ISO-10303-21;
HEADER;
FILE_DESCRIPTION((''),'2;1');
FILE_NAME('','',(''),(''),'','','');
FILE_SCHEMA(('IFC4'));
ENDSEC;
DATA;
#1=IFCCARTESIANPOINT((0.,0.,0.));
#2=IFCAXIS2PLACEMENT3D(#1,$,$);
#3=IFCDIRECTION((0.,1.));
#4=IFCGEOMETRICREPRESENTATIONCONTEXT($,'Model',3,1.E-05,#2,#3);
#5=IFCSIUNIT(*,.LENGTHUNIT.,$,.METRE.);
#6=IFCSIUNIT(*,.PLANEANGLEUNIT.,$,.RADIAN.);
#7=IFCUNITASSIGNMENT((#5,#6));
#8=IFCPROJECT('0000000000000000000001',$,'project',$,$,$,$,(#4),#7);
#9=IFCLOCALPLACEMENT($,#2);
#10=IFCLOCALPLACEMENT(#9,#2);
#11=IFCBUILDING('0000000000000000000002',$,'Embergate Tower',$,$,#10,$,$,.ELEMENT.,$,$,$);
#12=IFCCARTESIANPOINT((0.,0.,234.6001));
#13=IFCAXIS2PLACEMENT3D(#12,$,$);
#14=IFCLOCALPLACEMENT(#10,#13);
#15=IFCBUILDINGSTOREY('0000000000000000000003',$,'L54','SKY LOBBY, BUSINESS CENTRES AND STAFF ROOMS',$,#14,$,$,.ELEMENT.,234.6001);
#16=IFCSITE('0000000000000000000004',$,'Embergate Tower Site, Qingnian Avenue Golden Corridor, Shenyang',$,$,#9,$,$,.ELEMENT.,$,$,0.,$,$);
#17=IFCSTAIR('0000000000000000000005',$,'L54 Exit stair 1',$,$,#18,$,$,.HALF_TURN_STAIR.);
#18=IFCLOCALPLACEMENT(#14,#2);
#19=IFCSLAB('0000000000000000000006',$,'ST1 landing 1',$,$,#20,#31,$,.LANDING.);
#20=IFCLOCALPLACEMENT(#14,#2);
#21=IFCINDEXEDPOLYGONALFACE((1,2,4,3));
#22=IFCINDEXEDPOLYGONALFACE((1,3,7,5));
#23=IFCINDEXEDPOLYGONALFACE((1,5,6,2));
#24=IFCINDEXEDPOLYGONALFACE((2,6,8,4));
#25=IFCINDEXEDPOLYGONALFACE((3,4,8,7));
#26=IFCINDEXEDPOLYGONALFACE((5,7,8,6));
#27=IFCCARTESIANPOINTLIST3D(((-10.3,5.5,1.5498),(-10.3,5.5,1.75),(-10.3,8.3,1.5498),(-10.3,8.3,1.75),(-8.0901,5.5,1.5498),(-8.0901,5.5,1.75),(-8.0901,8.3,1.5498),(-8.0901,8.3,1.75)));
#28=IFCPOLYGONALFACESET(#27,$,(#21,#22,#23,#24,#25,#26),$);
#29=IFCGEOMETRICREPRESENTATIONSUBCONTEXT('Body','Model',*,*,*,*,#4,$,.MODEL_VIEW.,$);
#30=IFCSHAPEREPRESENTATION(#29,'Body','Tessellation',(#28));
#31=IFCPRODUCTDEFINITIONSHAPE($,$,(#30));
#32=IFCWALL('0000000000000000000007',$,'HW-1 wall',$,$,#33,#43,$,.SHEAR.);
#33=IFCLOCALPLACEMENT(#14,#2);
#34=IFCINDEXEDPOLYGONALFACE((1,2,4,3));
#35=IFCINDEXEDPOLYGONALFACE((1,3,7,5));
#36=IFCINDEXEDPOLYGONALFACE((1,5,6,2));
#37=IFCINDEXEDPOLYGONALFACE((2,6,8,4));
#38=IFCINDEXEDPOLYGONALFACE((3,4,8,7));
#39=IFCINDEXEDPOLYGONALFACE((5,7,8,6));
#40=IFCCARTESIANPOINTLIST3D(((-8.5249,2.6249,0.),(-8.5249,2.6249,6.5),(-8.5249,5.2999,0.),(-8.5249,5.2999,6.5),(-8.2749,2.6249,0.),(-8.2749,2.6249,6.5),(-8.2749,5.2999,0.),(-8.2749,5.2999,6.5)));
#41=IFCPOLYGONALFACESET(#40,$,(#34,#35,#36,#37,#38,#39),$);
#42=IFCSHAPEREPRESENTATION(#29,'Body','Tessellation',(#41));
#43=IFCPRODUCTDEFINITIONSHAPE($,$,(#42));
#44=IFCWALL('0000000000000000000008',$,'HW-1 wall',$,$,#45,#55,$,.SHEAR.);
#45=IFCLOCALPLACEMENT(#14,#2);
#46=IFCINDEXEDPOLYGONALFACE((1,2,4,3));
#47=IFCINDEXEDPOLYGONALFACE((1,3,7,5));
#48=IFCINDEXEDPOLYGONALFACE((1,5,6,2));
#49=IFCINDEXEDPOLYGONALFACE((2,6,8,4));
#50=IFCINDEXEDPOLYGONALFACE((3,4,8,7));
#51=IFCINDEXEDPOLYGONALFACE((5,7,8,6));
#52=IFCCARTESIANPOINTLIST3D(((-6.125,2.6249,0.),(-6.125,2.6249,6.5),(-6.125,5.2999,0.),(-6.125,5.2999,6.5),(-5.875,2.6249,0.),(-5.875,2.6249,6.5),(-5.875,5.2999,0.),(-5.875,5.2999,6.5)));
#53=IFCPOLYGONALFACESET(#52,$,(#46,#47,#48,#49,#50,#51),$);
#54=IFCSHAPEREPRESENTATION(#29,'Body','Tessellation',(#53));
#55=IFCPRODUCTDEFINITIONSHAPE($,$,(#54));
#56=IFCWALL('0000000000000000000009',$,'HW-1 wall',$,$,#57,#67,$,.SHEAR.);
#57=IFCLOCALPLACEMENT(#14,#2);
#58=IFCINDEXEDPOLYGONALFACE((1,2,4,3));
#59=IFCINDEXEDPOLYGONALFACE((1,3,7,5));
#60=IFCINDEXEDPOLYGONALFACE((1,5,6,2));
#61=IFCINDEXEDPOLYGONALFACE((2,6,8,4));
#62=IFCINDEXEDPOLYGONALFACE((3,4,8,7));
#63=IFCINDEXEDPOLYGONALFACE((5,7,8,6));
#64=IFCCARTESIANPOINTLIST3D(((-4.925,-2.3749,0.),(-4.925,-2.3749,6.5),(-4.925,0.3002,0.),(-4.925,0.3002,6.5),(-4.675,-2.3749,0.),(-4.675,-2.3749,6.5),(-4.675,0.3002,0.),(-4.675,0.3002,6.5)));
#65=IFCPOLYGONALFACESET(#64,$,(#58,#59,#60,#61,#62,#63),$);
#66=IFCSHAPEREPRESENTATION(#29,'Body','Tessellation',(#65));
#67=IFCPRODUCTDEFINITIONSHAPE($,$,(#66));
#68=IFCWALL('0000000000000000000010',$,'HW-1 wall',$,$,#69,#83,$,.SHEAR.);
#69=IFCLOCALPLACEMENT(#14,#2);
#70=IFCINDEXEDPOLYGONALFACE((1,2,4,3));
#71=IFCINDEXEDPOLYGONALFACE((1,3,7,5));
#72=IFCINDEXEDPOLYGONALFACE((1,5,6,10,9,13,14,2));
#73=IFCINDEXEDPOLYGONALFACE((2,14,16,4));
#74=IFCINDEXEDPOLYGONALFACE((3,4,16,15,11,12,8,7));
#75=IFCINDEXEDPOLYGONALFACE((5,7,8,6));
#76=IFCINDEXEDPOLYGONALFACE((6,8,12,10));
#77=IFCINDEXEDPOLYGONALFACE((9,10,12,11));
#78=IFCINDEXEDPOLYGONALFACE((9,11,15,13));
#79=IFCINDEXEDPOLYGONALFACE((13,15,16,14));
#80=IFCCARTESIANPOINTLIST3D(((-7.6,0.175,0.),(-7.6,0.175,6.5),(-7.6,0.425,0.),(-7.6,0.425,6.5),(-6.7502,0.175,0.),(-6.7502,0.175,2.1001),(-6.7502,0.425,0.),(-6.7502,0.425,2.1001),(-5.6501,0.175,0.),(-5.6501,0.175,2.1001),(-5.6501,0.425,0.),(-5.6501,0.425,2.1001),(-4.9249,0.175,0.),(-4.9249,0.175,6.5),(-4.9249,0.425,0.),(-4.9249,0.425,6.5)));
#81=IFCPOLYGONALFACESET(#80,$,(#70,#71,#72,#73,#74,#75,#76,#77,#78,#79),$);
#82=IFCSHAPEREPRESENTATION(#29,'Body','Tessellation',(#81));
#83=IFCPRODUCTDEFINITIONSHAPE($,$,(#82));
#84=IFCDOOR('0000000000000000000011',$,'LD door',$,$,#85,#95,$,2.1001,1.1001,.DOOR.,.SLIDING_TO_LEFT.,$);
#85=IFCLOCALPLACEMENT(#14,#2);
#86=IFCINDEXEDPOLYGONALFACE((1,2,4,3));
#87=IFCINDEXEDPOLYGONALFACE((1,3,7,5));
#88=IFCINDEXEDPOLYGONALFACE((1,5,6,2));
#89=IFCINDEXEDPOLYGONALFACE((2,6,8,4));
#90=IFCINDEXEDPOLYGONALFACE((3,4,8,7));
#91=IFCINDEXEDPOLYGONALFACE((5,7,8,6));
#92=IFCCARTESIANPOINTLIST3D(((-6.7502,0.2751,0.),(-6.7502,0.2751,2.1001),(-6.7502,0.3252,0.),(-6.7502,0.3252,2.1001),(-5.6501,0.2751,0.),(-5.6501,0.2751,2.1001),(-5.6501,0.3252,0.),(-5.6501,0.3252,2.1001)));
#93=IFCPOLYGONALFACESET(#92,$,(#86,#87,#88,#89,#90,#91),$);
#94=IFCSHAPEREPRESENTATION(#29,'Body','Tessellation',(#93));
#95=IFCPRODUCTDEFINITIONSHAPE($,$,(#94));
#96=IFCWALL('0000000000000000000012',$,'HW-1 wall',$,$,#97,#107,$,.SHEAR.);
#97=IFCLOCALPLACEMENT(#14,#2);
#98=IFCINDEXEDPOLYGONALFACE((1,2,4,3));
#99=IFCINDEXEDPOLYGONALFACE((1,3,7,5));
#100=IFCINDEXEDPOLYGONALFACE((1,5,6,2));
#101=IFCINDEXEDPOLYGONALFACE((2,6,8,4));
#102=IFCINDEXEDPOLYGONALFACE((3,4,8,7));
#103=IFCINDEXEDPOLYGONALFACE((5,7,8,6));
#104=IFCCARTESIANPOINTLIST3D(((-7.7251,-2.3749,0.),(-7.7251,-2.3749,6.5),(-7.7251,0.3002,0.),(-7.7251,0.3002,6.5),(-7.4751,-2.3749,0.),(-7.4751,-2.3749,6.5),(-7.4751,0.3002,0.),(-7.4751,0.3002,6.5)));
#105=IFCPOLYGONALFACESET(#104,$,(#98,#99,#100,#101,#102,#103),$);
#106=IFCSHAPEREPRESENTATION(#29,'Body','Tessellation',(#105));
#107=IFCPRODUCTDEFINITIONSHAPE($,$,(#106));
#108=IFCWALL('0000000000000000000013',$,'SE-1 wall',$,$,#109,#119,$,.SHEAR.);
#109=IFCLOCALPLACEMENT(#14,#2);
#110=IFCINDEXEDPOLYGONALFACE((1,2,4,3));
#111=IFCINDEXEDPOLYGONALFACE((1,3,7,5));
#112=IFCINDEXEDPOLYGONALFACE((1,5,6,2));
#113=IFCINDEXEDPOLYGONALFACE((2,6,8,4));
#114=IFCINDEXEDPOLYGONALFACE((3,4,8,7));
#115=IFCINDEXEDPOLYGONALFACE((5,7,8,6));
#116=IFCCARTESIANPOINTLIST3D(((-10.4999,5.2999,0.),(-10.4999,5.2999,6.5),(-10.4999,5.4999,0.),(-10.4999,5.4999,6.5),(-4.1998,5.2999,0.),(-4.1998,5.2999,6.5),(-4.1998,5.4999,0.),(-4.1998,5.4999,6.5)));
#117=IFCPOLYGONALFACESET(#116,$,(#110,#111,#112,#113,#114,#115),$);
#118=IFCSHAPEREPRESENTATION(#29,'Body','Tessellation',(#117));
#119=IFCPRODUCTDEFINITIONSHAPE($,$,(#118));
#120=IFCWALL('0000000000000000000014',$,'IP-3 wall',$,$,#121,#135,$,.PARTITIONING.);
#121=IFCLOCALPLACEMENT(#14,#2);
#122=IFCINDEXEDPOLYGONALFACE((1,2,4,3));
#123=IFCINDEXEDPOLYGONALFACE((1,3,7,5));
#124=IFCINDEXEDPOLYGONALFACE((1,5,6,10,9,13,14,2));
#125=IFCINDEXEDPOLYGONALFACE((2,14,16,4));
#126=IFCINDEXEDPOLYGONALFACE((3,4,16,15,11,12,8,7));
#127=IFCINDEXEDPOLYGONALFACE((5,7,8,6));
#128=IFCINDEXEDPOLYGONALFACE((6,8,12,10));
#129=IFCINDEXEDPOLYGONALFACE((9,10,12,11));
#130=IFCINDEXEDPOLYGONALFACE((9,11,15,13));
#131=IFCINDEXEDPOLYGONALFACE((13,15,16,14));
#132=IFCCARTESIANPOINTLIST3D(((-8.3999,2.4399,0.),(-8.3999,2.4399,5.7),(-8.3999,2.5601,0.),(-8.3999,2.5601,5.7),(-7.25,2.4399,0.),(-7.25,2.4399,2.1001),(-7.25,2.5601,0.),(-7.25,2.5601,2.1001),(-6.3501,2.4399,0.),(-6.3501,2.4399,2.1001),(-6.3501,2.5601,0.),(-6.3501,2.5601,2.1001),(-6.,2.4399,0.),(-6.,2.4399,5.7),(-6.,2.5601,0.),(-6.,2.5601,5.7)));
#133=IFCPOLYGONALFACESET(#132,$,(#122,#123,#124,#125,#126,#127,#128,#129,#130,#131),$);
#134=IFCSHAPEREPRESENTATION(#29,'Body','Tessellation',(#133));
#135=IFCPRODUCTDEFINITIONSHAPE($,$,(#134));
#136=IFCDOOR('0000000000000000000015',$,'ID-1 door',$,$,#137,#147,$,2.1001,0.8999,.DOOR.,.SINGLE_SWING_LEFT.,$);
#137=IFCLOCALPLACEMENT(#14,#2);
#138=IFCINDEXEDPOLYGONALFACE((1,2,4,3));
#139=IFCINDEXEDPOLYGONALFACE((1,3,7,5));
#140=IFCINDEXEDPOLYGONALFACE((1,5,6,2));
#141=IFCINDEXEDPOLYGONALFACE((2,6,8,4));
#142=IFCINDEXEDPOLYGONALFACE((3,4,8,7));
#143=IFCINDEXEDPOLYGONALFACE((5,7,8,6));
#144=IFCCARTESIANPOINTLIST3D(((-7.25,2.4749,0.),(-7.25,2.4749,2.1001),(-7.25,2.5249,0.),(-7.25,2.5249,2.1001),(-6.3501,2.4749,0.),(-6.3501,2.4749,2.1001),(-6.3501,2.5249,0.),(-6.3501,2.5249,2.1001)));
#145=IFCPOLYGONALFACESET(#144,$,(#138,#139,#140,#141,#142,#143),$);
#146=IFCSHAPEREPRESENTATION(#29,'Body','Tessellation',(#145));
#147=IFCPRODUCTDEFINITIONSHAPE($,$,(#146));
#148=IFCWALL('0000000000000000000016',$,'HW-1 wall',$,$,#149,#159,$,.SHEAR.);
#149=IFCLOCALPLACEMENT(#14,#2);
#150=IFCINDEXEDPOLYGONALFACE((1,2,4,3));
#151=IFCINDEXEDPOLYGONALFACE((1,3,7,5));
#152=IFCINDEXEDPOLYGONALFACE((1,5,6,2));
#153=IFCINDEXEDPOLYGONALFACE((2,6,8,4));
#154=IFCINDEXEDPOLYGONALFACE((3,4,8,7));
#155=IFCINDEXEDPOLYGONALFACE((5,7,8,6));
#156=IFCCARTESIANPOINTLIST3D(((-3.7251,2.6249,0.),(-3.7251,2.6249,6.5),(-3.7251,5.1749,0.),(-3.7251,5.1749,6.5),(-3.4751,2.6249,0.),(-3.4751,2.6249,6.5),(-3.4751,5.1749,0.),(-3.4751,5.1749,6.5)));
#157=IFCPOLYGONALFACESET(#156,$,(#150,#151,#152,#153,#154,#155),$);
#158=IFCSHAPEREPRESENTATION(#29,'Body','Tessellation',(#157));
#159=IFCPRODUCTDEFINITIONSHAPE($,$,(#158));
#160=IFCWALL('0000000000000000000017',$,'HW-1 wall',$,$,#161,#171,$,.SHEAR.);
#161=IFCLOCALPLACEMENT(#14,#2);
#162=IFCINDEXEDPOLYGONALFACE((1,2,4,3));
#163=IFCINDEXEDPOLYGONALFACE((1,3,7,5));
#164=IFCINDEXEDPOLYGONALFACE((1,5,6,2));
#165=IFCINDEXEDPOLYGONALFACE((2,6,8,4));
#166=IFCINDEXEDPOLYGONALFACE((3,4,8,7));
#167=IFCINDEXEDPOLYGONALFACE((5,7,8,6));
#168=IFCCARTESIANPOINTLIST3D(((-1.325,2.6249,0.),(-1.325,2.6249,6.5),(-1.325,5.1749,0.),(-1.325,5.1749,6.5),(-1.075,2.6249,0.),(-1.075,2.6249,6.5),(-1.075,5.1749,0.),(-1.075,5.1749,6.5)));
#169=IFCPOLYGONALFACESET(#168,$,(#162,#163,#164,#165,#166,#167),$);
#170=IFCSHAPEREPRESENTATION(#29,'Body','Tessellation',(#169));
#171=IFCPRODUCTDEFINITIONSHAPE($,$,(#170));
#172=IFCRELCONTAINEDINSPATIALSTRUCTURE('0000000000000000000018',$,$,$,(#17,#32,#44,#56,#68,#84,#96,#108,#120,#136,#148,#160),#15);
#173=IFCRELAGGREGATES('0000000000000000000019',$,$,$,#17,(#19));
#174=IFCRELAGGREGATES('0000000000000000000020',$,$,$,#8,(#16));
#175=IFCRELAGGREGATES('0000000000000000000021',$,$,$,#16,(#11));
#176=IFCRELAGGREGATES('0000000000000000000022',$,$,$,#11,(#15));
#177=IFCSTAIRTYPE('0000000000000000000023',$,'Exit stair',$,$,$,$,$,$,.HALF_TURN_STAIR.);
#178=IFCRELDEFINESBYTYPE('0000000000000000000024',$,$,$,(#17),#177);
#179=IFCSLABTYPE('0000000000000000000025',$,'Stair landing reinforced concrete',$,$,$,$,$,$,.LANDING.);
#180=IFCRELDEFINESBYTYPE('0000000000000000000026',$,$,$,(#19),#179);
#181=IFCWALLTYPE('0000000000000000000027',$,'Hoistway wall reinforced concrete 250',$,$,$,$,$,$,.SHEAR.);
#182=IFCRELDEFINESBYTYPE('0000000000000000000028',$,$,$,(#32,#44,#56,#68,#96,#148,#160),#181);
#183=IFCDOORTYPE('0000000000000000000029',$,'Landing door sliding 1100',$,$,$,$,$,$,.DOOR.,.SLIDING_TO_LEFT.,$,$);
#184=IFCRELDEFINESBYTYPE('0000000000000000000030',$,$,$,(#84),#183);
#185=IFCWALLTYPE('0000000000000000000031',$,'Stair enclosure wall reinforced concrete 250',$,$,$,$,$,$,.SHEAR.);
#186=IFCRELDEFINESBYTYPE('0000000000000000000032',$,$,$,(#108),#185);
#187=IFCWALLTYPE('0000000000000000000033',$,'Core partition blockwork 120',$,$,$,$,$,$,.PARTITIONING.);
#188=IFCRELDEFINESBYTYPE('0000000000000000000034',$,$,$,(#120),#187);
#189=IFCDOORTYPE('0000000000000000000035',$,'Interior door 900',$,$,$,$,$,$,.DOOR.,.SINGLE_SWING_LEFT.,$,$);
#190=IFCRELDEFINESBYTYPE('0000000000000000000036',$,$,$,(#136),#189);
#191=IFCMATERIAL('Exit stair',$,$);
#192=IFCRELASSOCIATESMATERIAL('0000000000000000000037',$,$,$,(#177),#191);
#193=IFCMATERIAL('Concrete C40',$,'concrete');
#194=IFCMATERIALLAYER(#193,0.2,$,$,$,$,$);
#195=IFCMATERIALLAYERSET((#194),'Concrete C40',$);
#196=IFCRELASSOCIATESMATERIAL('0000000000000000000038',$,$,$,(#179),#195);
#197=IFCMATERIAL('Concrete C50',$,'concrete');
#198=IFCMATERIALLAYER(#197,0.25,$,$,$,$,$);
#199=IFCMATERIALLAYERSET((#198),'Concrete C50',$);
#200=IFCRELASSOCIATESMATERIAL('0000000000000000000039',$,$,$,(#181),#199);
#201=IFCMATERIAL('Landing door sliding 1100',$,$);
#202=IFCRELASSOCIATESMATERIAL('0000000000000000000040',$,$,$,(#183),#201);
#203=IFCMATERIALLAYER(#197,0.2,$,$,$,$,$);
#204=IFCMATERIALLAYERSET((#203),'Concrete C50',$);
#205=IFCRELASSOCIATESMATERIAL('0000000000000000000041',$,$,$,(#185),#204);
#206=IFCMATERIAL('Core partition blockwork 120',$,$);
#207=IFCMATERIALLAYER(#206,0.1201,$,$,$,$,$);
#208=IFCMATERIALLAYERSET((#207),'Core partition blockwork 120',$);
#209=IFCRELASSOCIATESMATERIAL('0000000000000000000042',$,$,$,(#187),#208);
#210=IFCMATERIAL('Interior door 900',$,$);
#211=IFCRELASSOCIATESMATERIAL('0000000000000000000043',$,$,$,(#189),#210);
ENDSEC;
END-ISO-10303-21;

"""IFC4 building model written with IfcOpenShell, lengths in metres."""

from ifc_helpers import new_model, si_unit, direction, frame, frame_2d, origin, place, context, subcontext, project, spatial, polyline, rectangle, outline, extrude, source, transform, mapped, material, layer, layer_set, type_object, element, fill, aggregate, save


model = new_model("IFC4")

# Units and contexts
model_context = context("Model", 3, precision=1e-05, world=origin(), true_north=direction((0.0, 1.0)))
body_context = subcontext(model_context, "Body", "Model", "MODEL_VIEW")
ifc_project = project(units=[si_unit("LENGTHUNIT", "METRE"), si_unit("PLANEANGLEUNIT", "RADIAN")], contexts=[model_context])

# Site, building, storey
site_placement = place(None, origin())
site = spatial("IfcSite", under=ifc_project, at=site_placement, Name="Embergate Tower Site, Qingnian Avenue Golden Corridor, Shenyang", CompositionType="ELEMENT", RefElevation=0.0)
building_placement = place(site_placement, origin())
building = spatial("IfcBuilding", under=site, at=building_placement, Name="Embergate Tower", CompositionType="ELEMENT")
storey_placement = place(building_placement, frame((0.0, 0.0, 234.6001)))
storey = spatial("IfcBuildingStorey", under=building, at=storey_placement, Name="L54", Description="SKY LOBBY, BUSINESS CENTRES AND STAFF ROOMS", CompositionType="ELEMENT", Elevation=234.6001)

# Stair, slab
ifc_material_1 = material(Name="Exit stair")
stair_type = type_object("IfcStairType", Name="Exit stair", PredefinedType="HALF_TURN_STAIR", material=ifc_material_1)
stair_placement = place(storey_placement, origin())
stair = element("IfcStair", 1, at=stair_placement, inside=storey, type_object=stair_type, Name="L54 Exit stair 1", PredefinedType="HALF_TURN_STAIR")
ifc_material_2 = material(Name="Concrete C40", Category="concrete")
ifc_layer_1 = layer(ifc_material_2, 0.2)
ifc_layer_set_1 = layer_set([ifc_layer_1], Name="Concrete C40")
slab_type = type_object("IfcSlabType", Name="Stair landing reinforced concrete", PredefinedType="LANDING", material=ifc_layer_set_1)
shared_shape_1 = source(origin(), body_context, "Body", "SweptSolid", [
    extrude(outline(polyline([(0.0, 0.0), (2.21, 0.0), (2.21, 2.8), (0.0, 2.8), (0.0, 0.0)])), origin(), (0.0, 0.0, 1.0), 0.2002),
])
slab_placement = place(storey_placement, frame((-10.3, 5.5, 1.5498)))
slab = element("IfcSlab", 2, at=slab_placement, type_object=slab_type, Name="ST1 landing 1", PredefinedType="LANDING", context=body_context, shape_type="MappedRepresentation", body=[
    mapped(shared_shape_1, transform((0.0, 0.0, 0.0))),
])
aggregate(stair, [slab])

# Walls
ifc_material_3 = material(Name="Concrete C50", Category="concrete")
ifc_layer_2 = layer(ifc_material_3, 0.25)
ifc_layer_set_2 = layer_set([ifc_layer_2], Name="Concrete C50")
wall_type_1 = type_object("IfcWallType", Name="Hoistway wall reinforced concrete 250", PredefinedType="SHEAR", material=ifc_layer_set_2)
shared_shape_2 = source(origin(), body_context, "Body", "SweptSolid", [
    extrude(rectangle(XDim=2.675, YDim=0.25, at=frame_2d((1.3374, 0.0))), origin(), (0.0, 0.0, 1.0), 6.5),
])
for number, where, z_axis, x_axis, name in (
    (3, (-8.3999, 2.625, 0.0), (0.0, 0.0, 1.0), (0.0, 1.0, 0.0), "HW-1 wall"),
    (4, (-6.0, 2.625, 0.0), (0.0, 0.0, 1.0), (0.0, 1.0, 0.0), "HW-1 wall"),
    (5, (-4.8, 0.3, 0.0), (0.0, 0.0, 1.0), (0.0, -1.0, 0.0), "HW-1 wall"),
):
    element("IfcWall", number, at=place(storey_placement, frame(where, z_axis=z_axis, x_axis=x_axis)), inside=storey, type_object=wall_type_1, Name=name, PredefinedType="SHEAR", context=body_context, shape_type="MappedRepresentation", body=[
        mapped(shared_shape_2, transform((0.0, 0.0, 0.0))),
    ])

# Wall, opening, door
wall_1_placement = place(storey_placement, frame((-4.925, 0.3, 0.0), z_axis=(0.0, 0.0, 1.0), x_axis=(-1.0, 0.0, 0.0)))
wall_1 = element("IfcWall", 6, at=wall_1_placement, inside=storey, type_object=wall_type_1, Name="HW-1 wall", PredefinedType="SHEAR", context=body_context, shape_type="MappedRepresentation", body=[
    mapped(shared_shape_2, transform((0.0, 0.0, 0.0))),
])
shared_shape_3 = source(origin(), body_context, "Body", "SweptSolid", [
    extrude(rectangle(XDim=1.1001, YDim=2.1001, at=frame_2d((0.55, 1.05))), frame((0.0, 0.135, 0.0), z_axis=(0.0, -1.0, 0.0), x_axis=(1.0, 0.0, 0.0)), (0.0, 0.0, 1.0), 0.27),
])
opening_1_placement = place(wall_1_placement, frame((0.7251, 0.0, 0.0)))
opening_1 = element("IfcOpeningElement", 7, at=opening_1_placement, cuts=wall_1, PredefinedType="OPENING", context=body_context, shape_type="MappedRepresentation", body=[
    mapped(shared_shape_3, transform((0.0, 0.0, 0.0))),
])
ifc_material_4 = material(Name="Landing door sliding 1100")
door_type_1 = type_object("IfcDoorType", Name="Landing door sliding 1100", OperationType="SLIDING_TO_LEFT", PredefinedType="DOOR", material=ifc_material_4)
shared_shape_4 = source(origin(), body_context, "Body", "SweptSolid", [
    extrude(rectangle(XDim=1.1001, YDim=2.1001, at=frame_2d((0.55, 1.05))), frame((0.0, 0.0249, 0.0), z_axis=(0.0, -1.0, 0.0), x_axis=(1.0, 0.0, 0.0)), (0.0, 0.0, 1.0), 0.05),
])
door_1_placement = place(opening_1_placement, origin())
door_1 = element("IfcDoor", 8, at=door_1_placement, inside=storey, type_object=door_type_1, Name="LD door", OperationType="SLIDING_TO_LEFT", OverallHeight=2.1001, OverallWidth=1.1001, PredefinedType="DOOR", context=body_context, shape_type="MappedRepresentation", body=[
    mapped(shared_shape_4, transform((0.0, 0.0, 0.0))),
])
fill(opening_1, door_1)

# Walls
wall_2_placement = place(storey_placement, frame((-7.6001, 0.3, 0.0), z_axis=(0.0, 0.0, 1.0), x_axis=(0.0, -1.0, 0.0)))
element("IfcWall", 9, at=wall_2_placement, inside=storey, type_object=wall_type_1, Name="HW-1 wall", PredefinedType="SHEAR", context=body_context, shape_type="MappedRepresentation", body=[
    mapped(shared_shape_2, transform((0.0, 0.0, 0.0))),
])
ifc_layer_3 = layer(ifc_material_3, 0.2)
ifc_layer_set_3 = layer_set([ifc_layer_3], Name="Concrete C50")
wall_type_2 = type_object("IfcWallType", Name="Stair enclosure wall reinforced concrete 250", PredefinedType="SHEAR", material=ifc_layer_set_3)
shared_shape_5 = source(origin(), body_context, "Body", "SweptSolid", [
    extrude(rectangle(XDim=6.3, YDim=0.2, at=frame_2d((3.1499, 0.0))), origin(), (0.0, 0.0, 1.0), 6.5),
])
wall_3_placement = place(storey_placement, frame((-4.2, 5.3999, 0.0), z_axis=(0.0, 0.0, 1.0), x_axis=(-1.0, 0.0, 0.0)))
element("IfcWall", 10, at=wall_3_placement, inside=storey, type_object=wall_type_2, Name="SE-1 wall", PredefinedType="SHEAR", context=body_context, shape_type="MappedRepresentation", body=[
    mapped(shared_shape_5, transform((0.0, 0.0, 0.0))),
])

# Wall, opening, door
ifc_material_5 = material(Name="Core partition blockwork 120")
ifc_layer_4 = layer(ifc_material_5, 0.1201)
ifc_layer_set_4 = layer_set([ifc_layer_4], Name="Core partition blockwork 120")
wall_type_3 = type_object("IfcWallType", Name="Core partition blockwork 120", PredefinedType="PARTITIONING", material=ifc_layer_set_4)
shared_shape_6 = source(origin(), body_context, "Body", "SweptSolid", [
    extrude(rectangle(XDim=2.3999, YDim=0.1201, at=frame_2d((1.2, 0.0))), origin(), (0.0, 0.0, 1.0), 5.7),
])
wall_4_placement = place(storey_placement, frame((-8.3999, 2.5, 0.0), z_axis=(0.0, 0.0, 1.0), x_axis=(1.0, 0.0, 0.0)))
wall_4 = element("IfcWall", 11, at=wall_4_placement, inside=storey, type_object=wall_type_3, Name="IP-3 wall", PredefinedType="PARTITIONING", context=body_context, shape_type="MappedRepresentation", body=[
    mapped(shared_shape_6, transform((0.0, 0.0, 0.0))),
])
shared_shape_7 = source(origin(), body_context, "Body", "SweptSolid", [
    extrude(rectangle(XDim=0.8999, YDim=2.1001, at=frame_2d((0.45, 1.05))), frame((0.0, 0.0701, 0.0), z_axis=(0.0, -1.0, 0.0), x_axis=(1.0, 0.0, 0.0)), (0.0, 0.0, 1.0), 0.1401),
])
opening_2_placement = place(wall_4_placement, frame((1.1499, 0.0, 0.0)))
opening_2 = element("IfcOpeningElement", 12, at=opening_2_placement, cuts=wall_4, PredefinedType="OPENING", context=body_context, shape_type="MappedRepresentation", body=[
    mapped(shared_shape_7, transform((0.0, 0.0, 0.0))),
])
ifc_material_6 = material(Name="Interior door 900")
door_type_2 = type_object("IfcDoorType", Name="Interior door 900", OperationType="SINGLE_SWING_LEFT", PredefinedType="DOOR", material=ifc_material_6)
shared_shape_8 = source(origin(), body_context, "Body", "SweptSolid", [
    extrude(rectangle(XDim=0.8999, YDim=2.1001, at=frame_2d((0.45, 1.05))), frame((0.0, 0.0249, 0.0), z_axis=(0.0, -1.0, 0.0), x_axis=(1.0, 0.0, 0.0)), (0.0, 0.0, 1.0), 0.05),
])
door_2_placement = place(opening_2_placement, origin())
door_2 = element("IfcDoor", 13, at=door_2_placement, inside=storey, type_object=door_type_2, Name="ID-1 door", OperationType="SINGLE_SWING_LEFT", OverallHeight=2.1001, OverallWidth=0.8999, PredefinedType="DOOR", context=body_context, shape_type="MappedRepresentation", body=[
    mapped(shared_shape_8, transform((0.0, 0.0, 0.0))),
])
fill(opening_2, door_2)

# Walls
shared_shape_9 = source(origin(), body_context, "Body", "SweptSolid", [
    extrude(rectangle(XDim=2.55, YDim=0.25, at=frame_2d((1.2749, 0.0))), origin(), (0.0, 0.0, 1.0), 6.5),
])
for number, where, z_axis, x_axis, name in (
    (14, (-3.6001, 2.625, 0.0), (0.0, 0.0, 1.0), (0.0, 1.0, 0.0), "HW-1 wall"),
    (15, (-1.2, 2.625, 0.0), (0.0, 0.0, 1.0), (0.0, 1.0, 0.0), "HW-1 wall"),
):
    element("IfcWall", number, at=place(storey_placement, frame(where, z_axis=z_axis, x_axis=x_axis)), inside=storey, type_object=wall_type_1, Name=name, PredefinedType="SHEAR", context=body_context, shape_type="MappedRepresentation", body=[
        mapped(shared_shape_9, transform((0.0, 0.0, 0.0))),
    ])

save(model, "model.ifc")
